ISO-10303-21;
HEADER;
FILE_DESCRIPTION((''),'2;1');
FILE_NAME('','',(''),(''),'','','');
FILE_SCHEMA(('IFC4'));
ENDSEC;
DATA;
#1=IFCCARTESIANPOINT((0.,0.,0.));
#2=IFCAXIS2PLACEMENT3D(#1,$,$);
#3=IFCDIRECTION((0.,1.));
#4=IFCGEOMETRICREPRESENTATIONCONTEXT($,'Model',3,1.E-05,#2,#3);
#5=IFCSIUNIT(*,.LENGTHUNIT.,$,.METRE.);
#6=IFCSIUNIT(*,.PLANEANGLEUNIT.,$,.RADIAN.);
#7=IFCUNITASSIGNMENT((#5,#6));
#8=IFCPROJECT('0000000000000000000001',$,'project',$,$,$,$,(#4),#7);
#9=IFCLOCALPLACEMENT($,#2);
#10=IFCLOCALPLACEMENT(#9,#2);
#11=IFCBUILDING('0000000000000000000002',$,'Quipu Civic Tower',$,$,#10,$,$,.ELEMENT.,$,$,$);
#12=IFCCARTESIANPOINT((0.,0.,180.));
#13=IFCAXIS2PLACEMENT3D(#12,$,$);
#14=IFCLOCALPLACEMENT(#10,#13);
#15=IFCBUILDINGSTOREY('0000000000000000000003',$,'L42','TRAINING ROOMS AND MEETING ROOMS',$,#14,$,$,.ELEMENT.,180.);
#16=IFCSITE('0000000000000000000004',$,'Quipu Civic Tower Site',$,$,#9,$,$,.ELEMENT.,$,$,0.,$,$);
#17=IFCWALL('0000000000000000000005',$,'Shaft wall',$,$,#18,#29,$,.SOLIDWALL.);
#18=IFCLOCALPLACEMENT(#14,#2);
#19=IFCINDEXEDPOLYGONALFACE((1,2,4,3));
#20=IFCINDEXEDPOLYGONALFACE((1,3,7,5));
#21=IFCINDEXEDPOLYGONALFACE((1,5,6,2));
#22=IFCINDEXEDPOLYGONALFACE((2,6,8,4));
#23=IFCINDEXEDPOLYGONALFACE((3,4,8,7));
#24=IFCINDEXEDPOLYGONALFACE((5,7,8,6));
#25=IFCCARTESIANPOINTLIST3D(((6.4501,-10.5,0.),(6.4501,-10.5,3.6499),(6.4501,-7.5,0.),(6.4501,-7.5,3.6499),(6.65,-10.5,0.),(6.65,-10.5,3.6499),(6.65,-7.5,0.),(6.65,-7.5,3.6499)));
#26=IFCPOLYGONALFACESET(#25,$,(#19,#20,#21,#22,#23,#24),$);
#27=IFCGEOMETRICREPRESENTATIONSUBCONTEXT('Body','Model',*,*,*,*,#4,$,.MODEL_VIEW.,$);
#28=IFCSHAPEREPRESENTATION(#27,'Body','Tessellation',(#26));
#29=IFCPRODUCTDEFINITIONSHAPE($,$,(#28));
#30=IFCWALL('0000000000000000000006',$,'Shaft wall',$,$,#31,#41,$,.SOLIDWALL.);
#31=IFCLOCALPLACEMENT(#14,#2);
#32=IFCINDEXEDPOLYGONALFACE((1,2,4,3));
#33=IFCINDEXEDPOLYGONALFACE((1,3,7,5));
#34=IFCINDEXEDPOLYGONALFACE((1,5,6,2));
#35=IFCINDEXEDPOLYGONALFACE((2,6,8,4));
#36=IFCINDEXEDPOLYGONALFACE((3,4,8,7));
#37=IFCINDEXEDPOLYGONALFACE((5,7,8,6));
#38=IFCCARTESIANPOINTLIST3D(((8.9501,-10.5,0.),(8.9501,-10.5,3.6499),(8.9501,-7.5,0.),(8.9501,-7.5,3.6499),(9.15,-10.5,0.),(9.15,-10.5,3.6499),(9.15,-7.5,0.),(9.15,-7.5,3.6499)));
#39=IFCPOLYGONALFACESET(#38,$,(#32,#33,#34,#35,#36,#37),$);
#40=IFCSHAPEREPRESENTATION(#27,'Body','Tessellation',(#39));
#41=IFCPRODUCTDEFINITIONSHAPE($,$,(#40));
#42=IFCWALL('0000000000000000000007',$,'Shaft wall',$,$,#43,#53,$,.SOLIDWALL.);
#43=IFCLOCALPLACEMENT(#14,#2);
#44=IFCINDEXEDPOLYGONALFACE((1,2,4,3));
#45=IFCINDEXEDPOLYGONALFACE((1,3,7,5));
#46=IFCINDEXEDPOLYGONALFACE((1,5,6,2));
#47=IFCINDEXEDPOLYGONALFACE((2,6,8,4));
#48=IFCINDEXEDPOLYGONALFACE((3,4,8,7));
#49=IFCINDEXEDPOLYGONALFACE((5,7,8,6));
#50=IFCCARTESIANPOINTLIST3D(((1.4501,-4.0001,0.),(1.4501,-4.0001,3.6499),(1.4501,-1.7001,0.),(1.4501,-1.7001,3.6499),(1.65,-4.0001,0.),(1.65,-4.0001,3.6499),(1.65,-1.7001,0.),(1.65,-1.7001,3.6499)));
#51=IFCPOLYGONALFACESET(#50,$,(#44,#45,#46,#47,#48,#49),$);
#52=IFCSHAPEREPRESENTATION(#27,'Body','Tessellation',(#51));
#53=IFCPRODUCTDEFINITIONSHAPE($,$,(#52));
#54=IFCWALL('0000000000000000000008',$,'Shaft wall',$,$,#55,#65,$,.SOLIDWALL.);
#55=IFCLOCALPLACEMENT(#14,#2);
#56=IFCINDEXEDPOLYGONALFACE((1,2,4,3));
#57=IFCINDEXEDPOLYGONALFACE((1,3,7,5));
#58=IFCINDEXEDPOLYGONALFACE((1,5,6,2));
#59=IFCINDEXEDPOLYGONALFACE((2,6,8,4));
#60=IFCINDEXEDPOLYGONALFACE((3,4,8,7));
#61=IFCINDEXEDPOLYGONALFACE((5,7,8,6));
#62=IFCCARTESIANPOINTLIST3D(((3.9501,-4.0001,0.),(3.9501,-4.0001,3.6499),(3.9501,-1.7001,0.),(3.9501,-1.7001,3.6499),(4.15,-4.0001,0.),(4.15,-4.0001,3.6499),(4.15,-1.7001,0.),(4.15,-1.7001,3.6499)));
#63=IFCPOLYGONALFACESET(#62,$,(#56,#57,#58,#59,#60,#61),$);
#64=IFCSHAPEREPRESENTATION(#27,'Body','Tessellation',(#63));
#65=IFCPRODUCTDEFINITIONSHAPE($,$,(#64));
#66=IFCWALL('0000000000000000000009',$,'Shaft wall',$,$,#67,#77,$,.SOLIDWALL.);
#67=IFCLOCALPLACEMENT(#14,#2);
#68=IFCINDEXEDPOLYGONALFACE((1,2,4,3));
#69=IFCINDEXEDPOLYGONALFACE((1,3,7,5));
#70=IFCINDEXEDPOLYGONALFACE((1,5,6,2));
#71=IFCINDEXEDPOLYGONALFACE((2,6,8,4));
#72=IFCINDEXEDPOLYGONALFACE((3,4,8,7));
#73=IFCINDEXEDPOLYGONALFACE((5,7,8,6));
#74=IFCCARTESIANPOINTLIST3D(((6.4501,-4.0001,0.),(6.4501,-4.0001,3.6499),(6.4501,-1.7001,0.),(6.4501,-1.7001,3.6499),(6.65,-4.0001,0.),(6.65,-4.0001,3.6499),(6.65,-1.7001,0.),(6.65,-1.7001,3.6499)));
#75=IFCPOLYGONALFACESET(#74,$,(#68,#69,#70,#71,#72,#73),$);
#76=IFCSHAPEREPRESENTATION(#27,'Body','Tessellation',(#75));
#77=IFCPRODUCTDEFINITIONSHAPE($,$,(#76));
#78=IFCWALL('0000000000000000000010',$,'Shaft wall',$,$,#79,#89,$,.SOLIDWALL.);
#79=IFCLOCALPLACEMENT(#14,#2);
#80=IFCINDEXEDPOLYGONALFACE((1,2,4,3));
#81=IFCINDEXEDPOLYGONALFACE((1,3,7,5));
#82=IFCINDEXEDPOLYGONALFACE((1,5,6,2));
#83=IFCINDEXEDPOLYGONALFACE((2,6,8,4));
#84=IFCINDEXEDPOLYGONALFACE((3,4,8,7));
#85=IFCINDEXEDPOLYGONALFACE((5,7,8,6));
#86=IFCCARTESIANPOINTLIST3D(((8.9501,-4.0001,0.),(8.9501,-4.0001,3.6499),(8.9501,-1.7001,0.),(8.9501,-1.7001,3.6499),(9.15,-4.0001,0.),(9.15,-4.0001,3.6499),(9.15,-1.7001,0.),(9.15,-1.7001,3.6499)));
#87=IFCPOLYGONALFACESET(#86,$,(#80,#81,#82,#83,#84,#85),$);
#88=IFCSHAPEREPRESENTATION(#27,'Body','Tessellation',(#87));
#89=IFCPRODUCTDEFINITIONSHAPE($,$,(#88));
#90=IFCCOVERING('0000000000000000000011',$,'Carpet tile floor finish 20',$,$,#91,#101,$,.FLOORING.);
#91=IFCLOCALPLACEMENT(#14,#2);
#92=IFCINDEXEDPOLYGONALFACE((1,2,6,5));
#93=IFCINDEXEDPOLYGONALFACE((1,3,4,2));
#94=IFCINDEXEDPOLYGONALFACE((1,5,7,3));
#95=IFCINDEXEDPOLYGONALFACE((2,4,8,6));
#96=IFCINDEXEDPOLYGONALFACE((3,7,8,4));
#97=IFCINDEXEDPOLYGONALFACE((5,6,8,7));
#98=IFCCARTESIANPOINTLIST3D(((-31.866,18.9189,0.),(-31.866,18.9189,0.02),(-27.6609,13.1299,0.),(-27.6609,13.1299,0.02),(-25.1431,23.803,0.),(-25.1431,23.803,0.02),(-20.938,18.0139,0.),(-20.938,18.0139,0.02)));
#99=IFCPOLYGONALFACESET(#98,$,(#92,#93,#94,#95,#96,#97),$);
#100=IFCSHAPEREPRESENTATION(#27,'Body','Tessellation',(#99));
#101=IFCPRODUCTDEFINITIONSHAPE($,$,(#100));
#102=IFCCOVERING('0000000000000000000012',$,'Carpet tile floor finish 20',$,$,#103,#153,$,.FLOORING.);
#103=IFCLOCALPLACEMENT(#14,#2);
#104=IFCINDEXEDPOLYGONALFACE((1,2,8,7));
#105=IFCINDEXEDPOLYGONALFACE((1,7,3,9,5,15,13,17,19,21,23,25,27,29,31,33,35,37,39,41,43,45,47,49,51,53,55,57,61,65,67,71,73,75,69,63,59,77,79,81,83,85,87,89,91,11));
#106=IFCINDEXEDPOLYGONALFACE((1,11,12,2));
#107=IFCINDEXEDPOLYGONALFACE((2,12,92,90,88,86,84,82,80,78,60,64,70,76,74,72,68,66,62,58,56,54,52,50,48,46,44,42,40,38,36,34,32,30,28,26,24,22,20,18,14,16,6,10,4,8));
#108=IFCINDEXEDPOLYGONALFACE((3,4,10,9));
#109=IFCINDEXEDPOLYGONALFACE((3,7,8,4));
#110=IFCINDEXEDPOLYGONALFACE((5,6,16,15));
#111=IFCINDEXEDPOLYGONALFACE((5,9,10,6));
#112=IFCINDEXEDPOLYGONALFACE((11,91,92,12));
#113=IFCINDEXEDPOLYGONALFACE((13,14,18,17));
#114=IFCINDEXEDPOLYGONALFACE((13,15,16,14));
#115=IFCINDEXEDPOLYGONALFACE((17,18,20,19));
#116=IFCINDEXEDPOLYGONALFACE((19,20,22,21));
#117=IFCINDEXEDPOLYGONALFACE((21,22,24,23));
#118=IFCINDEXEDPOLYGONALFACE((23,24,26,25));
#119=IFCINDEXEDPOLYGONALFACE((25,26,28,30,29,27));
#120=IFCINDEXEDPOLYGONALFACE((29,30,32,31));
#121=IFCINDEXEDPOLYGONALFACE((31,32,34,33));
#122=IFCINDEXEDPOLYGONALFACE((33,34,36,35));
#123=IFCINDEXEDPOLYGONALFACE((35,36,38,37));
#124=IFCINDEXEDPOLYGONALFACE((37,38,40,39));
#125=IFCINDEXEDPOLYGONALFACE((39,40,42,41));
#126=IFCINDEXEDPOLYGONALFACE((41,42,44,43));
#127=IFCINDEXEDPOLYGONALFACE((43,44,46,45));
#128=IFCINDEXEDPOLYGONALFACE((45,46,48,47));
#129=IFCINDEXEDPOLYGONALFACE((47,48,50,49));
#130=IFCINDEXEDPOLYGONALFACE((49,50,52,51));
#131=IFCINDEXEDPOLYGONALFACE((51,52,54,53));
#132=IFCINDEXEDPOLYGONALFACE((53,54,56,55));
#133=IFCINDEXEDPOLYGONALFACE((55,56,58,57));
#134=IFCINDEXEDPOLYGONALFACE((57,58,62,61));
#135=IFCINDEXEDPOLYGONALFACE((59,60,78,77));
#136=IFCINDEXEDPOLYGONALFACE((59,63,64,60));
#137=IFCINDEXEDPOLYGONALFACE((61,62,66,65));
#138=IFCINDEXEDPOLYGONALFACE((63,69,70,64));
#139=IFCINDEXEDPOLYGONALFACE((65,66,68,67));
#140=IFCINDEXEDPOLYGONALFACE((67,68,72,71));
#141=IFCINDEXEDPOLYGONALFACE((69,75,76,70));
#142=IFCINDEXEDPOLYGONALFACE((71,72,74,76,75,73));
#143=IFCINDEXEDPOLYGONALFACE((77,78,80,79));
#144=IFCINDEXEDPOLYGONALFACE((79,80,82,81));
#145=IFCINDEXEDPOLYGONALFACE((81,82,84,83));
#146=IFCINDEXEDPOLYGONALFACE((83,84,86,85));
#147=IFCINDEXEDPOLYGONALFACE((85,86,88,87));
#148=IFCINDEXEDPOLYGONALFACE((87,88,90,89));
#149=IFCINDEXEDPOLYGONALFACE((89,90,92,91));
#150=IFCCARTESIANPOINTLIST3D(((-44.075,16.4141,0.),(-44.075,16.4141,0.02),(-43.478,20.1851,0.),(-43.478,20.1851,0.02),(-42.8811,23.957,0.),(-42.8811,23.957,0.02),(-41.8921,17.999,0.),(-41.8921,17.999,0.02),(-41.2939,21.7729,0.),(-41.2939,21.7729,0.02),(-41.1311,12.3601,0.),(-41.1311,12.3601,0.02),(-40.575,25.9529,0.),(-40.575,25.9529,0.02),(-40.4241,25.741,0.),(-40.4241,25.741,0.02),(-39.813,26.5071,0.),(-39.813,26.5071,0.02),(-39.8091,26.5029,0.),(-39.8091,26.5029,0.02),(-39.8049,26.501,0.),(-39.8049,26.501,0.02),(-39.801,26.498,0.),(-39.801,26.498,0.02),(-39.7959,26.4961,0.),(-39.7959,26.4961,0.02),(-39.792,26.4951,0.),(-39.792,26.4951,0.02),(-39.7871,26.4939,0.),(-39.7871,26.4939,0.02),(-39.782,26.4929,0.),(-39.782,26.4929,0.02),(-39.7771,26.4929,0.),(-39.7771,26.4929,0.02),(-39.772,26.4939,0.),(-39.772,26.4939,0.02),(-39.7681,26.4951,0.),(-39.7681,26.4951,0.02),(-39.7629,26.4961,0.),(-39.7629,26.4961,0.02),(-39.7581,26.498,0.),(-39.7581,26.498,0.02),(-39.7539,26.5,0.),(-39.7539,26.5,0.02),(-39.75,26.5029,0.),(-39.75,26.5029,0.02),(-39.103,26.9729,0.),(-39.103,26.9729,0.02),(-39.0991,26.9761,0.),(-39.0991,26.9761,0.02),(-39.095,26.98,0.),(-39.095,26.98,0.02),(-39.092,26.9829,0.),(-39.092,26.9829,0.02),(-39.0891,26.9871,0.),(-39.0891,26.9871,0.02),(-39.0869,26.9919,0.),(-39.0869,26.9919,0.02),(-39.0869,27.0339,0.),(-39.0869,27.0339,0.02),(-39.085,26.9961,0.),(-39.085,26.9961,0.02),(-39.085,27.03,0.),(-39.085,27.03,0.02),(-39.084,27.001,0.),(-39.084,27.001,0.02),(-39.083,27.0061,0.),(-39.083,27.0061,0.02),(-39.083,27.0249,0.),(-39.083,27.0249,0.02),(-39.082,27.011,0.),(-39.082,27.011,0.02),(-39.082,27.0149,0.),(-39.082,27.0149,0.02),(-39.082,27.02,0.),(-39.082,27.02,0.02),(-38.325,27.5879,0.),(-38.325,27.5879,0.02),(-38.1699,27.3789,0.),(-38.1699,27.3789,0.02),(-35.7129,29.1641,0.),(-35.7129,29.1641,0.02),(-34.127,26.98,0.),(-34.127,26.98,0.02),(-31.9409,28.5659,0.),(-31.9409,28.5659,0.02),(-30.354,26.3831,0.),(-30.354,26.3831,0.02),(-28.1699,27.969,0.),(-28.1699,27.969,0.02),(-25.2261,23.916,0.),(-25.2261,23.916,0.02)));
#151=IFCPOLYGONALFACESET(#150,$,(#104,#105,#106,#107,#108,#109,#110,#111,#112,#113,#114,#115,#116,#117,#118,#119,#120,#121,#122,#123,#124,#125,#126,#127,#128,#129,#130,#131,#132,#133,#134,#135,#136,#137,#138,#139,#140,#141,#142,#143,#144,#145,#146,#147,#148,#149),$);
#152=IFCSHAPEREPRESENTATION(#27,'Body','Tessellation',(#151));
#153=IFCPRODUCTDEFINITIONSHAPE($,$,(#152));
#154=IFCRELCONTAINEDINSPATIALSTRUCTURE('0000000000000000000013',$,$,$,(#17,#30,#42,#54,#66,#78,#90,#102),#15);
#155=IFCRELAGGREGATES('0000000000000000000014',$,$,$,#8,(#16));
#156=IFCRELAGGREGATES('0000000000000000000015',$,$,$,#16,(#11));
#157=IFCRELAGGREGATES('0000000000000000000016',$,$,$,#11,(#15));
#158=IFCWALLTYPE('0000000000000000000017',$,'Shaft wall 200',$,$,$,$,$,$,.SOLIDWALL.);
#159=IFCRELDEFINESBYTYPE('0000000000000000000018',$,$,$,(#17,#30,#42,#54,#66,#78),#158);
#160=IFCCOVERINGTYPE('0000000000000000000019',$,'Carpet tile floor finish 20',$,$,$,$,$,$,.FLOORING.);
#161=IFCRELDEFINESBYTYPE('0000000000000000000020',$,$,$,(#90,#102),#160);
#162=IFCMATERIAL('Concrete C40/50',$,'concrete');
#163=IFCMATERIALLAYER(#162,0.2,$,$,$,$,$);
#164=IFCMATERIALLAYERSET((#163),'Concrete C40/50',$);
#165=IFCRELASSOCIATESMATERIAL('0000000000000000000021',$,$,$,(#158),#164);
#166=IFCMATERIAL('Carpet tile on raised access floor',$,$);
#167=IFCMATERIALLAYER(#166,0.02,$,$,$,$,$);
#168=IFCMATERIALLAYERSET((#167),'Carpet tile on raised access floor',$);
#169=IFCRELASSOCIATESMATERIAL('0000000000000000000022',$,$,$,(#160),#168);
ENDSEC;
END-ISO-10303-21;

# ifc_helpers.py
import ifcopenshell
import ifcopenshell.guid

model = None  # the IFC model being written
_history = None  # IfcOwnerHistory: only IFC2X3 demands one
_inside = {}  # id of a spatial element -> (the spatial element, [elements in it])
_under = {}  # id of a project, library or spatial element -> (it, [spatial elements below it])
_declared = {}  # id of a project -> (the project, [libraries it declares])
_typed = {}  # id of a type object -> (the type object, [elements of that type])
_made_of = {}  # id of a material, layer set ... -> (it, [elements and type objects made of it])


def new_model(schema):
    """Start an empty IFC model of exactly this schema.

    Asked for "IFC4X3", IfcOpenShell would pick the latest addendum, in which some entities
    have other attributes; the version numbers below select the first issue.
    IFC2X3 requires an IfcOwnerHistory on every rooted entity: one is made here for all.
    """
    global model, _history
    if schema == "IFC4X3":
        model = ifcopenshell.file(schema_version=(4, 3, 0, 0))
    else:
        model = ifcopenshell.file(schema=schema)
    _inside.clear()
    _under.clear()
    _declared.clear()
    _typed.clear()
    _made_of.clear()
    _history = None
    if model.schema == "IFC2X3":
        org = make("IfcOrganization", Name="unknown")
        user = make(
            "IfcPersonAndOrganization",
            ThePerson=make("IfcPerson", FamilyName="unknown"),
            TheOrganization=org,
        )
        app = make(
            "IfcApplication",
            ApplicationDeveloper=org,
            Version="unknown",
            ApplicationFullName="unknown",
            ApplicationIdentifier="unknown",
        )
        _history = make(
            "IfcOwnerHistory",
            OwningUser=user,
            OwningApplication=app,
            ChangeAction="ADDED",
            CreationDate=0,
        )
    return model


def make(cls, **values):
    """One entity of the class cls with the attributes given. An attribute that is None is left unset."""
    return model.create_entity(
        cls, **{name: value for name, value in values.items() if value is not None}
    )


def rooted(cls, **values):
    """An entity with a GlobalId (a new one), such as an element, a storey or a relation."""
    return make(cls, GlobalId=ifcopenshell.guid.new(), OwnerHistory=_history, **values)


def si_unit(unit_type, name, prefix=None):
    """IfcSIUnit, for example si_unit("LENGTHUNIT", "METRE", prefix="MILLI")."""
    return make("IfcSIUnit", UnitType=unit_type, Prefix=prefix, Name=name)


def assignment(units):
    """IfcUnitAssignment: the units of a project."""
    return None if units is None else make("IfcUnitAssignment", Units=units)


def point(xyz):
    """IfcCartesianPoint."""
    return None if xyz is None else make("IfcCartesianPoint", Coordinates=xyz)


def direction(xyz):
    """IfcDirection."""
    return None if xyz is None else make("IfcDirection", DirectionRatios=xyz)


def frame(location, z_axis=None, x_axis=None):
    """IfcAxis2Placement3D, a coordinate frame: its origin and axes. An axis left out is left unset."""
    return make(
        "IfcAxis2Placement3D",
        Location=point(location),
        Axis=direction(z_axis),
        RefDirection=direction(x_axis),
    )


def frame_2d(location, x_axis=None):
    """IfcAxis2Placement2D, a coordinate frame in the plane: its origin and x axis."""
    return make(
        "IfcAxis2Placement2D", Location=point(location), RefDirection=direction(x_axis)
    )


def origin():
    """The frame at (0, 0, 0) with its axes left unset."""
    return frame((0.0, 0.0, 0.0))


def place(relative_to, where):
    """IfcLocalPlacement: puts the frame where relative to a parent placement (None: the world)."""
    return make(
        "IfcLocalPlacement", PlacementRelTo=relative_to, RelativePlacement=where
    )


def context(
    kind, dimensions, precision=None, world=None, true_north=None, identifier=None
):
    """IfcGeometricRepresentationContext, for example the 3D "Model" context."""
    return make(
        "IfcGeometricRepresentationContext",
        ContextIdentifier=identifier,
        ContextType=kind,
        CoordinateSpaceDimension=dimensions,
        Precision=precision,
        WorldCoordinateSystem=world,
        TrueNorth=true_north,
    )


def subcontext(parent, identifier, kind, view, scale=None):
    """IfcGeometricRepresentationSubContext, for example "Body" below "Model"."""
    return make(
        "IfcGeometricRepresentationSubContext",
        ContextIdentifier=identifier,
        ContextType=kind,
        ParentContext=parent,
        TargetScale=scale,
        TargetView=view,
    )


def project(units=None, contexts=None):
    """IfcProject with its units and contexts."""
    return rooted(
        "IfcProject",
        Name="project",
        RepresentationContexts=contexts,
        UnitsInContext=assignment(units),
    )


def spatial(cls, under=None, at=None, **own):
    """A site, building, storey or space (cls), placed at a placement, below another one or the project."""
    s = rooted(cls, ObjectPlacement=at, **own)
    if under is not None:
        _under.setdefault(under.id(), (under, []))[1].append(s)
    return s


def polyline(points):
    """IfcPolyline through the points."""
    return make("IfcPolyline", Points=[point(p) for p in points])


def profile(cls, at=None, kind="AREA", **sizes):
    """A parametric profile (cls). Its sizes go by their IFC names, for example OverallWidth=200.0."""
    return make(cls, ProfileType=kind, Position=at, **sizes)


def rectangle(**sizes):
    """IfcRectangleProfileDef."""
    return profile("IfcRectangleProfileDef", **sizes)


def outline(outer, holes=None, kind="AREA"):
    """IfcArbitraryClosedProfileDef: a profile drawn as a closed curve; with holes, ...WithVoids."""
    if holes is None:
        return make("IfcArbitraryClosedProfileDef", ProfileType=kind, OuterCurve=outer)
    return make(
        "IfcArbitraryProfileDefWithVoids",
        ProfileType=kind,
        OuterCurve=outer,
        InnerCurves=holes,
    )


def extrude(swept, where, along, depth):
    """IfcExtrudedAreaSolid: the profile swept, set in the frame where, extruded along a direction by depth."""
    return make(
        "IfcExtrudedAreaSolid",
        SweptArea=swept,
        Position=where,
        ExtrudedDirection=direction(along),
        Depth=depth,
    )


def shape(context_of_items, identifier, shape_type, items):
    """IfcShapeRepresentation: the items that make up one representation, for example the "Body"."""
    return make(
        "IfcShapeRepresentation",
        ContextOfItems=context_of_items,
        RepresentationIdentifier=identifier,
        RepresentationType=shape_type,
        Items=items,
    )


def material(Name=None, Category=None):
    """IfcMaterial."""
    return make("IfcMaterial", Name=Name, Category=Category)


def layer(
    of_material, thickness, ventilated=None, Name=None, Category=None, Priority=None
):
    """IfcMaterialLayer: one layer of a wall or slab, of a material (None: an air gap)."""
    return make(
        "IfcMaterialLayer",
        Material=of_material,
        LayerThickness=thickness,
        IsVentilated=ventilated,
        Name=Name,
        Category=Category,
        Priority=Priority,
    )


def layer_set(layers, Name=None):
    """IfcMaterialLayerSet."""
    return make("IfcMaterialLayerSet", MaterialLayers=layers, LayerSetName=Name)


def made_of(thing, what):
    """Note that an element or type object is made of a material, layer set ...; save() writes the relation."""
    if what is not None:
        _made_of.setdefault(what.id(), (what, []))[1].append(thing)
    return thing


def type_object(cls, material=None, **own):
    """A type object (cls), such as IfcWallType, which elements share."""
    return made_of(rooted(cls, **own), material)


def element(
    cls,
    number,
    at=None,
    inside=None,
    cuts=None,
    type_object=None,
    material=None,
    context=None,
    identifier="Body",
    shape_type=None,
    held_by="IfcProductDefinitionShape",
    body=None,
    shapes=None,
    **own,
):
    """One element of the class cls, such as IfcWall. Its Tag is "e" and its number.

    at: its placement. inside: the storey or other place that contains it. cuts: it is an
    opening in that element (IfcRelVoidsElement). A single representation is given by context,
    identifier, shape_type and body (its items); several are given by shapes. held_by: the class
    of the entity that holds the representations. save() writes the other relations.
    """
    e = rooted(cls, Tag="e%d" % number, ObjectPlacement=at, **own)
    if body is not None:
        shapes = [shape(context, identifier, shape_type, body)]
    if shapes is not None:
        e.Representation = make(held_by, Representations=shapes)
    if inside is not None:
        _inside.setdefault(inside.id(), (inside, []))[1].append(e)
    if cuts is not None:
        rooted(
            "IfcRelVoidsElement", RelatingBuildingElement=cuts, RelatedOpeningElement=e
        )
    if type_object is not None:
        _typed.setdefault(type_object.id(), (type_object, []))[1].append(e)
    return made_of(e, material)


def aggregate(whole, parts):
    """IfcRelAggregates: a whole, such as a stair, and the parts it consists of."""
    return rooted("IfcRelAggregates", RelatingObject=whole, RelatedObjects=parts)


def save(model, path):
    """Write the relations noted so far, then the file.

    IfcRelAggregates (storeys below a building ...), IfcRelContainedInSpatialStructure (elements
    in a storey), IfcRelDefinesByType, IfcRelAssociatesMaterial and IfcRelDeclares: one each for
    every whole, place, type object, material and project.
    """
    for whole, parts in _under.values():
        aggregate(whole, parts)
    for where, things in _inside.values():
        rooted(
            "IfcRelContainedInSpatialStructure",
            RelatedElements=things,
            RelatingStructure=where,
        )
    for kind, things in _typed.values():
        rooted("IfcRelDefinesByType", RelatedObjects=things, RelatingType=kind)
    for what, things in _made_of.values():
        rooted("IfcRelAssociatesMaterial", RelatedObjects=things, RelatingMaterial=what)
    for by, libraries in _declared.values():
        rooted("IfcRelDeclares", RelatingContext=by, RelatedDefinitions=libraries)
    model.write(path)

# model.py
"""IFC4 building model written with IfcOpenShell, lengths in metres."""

from ifc_helpers import new_model, si_unit, direction, frame, frame_2d, origin, place, context, subcontext, project, spatial, polyline, rectangle, outline, extrude, material, layer, layer_set, type_object, element, save


model = new_model("IFC4")

# Units and contexts
model_context = context("Model", 3, precision=1e-05, world=origin(), true_north=direction((0.0, 1.0)))
body_context = subcontext(model_context, "Body", "Model", "MODEL_VIEW")
ifc_project = project(units=[si_unit("LENGTHUNIT", "METRE"), si_unit("PLANEANGLEUNIT", "RADIAN")], contexts=[model_context])

# Site, building, storey
site_placement = place(None, origin())
site = spatial("IfcSite", under=ifc_project, at=site_placement, Name="Quipu Civic Tower Site", CompositionType="ELEMENT", RefElevation=0.0)
building_placement = place(site_placement, origin())
building = spatial("IfcBuilding", under=site, at=building_placement, Name="Quipu Civic Tower", CompositionType="ELEMENT")
storey_placement = place(building_placement, frame((0.0, 0.0, 180.0)))
storey = spatial("IfcBuildingStorey", under=building, at=storey_placement, Name="L42", Description="TRAINING ROOMS AND MEETING ROOMS", CompositionType="ELEMENT", Elevation=180.0)

# Walls
ifc_material_1 = material(Name="Concrete C40/50", Category="concrete")
ifc_layer_1 = layer(ifc_material_1, 0.2)
ifc_layer_set_1 = layer_set([ifc_layer_1], Name="Concrete C40/50")
wall_type_1 = type_object("IfcWallType", Name="Shaft wall 200", PredefinedType="SOLIDWALL", material=ifc_layer_set_1)
for number, where, z_axis, x_axis, name in (
    (1, (6.55, -10.5, 0.0), (0.0, 0.0, 1.0), (0.0, 1.0, 0.0), "Shaft wall"),
    (2, (9.05, -10.5, 0.0), (0.0, 0.0, 1.0), (0.0, 1.0, 0.0), "Shaft wall"),
):
    element("IfcWall", number, at=place(storey_placement, frame(where, z_axis=z_axis, x_axis=x_axis)), inside=storey, type_object=wall_type_1, Name=name, PredefinedType="SOLIDWALL", context=body_context, shape_type="SweptSolid", body=[
        extrude(rectangle(XDim=3.0, YDim=0.2, at=frame_2d((1.5, 0.0))), origin(), (0.0, 0.0, 1.0), 3.6499),
    ])
for number, where, z_axis, x_axis, name in (
    (3, (1.55, -4.0, 0.0), (0.0, 0.0, 1.0), (0.0, 1.0, 0.0), "Shaft wall"),
    (4, (4.05, -4.0, 0.0), (0.0, 0.0, 1.0), (0.0, 1.0, 0.0), "Shaft wall"),
    (5, (6.55, -4.0, 0.0), (0.0, 0.0, 1.0), (0.0, 1.0, 0.0), "Shaft wall"),
    (6, (9.05, -4.0, 0.0), (0.0, 0.0, 1.0), (0.0, 1.0, 0.0), "Shaft wall"),
):
    element("IfcWall", number, at=place(storey_placement, frame(where, z_axis=z_axis, x_axis=x_axis)), inside=storey, type_object=wall_type_1, Name=name, PredefinedType="SOLIDWALL", context=body_context, shape_type="SweptSolid", body=[
        extrude(rectangle(XDim=2.3, YDim=0.2, at=frame_2d((1.1499, 0.0))), origin(), (0.0, 0.0, 1.0), 3.6499),
    ])

# Coverings
ifc_material_2 = material(Name="Carpet tile on raised access floor")
ifc_layer_2 = layer(ifc_material_2, 0.02)
ifc_layer_set_2 = layer_set([ifc_layer_2], Name="Carpet tile on raised access floor")
covering_type_1 = type_object("IfcCoveringType", Name="Carpet tile floor finish 20", PredefinedType="FLOORING", material=ifc_layer_set_2)
covering_1_placement = place(storey_placement, origin())
element("IfcCovering", 7, at=covering_1_placement, inside=storey, type_object=covering_type_1, Name="Carpet tile floor finish 20", PredefinedType="FLOORING", context=body_context, shape_type="SweptSolid", body=[
    extrude(outline(polyline([(-31.866, 18.9189), (-25.1431, 23.803), (-20.938, 18.0139), (-27.6609, 13.1299), (-31.866, 18.9189)])), origin(), (0.0, 0.0, 1.0), 0.02),
])
covering_2_placement = place(storey_placement, origin())
element("IfcCovering", 8, at=covering_2_placement, inside=storey, type_object=covering_type_1, Name="Carpet tile floor finish 20", PredefinedType="FLOORING", context=body_context, shape_type="SweptSolid", body=[
    extrude(outline(polyline([(-44.075, 16.4141), (-41.8921, 17.999), (-43.478, 20.1851), (-41.2939, 21.7729), (-42.8811, 23.957), (-40.4241, 25.741), (-40.575, 25.9529), (-39.813, 26.5071), (-39.8091, 26.5029), (-39.8049, 26.501), (-39.801, 26.498), (-39.7959, 26.4961), (-39.792, 26.4951), (-39.7871, 26.4939), (-39.782, 26.4929), (-39.7771, 26.4929), (-39.772, 26.4939), (-39.7681, 26.4951), (-39.7629, 26.4961), (-39.7581, 26.498), (-39.7539, 26.5), (-39.75, 26.5029), (-39.103, 26.9729), (-39.0991, 26.9761), (-39.095, 26.98), (-39.092, 26.9829), (-39.0891, 26.9871), (-39.0869, 26.9919), (-39.085, 26.9961), (-39.084, 27.001), (-39.083, 27.0061), (-39.082, 27.011), (-39.082, 27.0149), (-39.082, 27.02), (-39.083, 27.0249), (-39.085, 27.03), (-39.0869, 27.0339), (-38.325, 27.5879), (-38.1699, 27.3789), (-35.7129, 29.1641), (-34.127, 26.98), (-31.9409, 28.5659), (-30.354, 26.3831), (-28.1699, 27.969), (-25.2261, 23.916), (-41.1311, 12.3601), (-44.075, 16.4141)])), origin(), (0.0, 0.0, 1.0), 0.02),
])

save(model, "model.ifc")
